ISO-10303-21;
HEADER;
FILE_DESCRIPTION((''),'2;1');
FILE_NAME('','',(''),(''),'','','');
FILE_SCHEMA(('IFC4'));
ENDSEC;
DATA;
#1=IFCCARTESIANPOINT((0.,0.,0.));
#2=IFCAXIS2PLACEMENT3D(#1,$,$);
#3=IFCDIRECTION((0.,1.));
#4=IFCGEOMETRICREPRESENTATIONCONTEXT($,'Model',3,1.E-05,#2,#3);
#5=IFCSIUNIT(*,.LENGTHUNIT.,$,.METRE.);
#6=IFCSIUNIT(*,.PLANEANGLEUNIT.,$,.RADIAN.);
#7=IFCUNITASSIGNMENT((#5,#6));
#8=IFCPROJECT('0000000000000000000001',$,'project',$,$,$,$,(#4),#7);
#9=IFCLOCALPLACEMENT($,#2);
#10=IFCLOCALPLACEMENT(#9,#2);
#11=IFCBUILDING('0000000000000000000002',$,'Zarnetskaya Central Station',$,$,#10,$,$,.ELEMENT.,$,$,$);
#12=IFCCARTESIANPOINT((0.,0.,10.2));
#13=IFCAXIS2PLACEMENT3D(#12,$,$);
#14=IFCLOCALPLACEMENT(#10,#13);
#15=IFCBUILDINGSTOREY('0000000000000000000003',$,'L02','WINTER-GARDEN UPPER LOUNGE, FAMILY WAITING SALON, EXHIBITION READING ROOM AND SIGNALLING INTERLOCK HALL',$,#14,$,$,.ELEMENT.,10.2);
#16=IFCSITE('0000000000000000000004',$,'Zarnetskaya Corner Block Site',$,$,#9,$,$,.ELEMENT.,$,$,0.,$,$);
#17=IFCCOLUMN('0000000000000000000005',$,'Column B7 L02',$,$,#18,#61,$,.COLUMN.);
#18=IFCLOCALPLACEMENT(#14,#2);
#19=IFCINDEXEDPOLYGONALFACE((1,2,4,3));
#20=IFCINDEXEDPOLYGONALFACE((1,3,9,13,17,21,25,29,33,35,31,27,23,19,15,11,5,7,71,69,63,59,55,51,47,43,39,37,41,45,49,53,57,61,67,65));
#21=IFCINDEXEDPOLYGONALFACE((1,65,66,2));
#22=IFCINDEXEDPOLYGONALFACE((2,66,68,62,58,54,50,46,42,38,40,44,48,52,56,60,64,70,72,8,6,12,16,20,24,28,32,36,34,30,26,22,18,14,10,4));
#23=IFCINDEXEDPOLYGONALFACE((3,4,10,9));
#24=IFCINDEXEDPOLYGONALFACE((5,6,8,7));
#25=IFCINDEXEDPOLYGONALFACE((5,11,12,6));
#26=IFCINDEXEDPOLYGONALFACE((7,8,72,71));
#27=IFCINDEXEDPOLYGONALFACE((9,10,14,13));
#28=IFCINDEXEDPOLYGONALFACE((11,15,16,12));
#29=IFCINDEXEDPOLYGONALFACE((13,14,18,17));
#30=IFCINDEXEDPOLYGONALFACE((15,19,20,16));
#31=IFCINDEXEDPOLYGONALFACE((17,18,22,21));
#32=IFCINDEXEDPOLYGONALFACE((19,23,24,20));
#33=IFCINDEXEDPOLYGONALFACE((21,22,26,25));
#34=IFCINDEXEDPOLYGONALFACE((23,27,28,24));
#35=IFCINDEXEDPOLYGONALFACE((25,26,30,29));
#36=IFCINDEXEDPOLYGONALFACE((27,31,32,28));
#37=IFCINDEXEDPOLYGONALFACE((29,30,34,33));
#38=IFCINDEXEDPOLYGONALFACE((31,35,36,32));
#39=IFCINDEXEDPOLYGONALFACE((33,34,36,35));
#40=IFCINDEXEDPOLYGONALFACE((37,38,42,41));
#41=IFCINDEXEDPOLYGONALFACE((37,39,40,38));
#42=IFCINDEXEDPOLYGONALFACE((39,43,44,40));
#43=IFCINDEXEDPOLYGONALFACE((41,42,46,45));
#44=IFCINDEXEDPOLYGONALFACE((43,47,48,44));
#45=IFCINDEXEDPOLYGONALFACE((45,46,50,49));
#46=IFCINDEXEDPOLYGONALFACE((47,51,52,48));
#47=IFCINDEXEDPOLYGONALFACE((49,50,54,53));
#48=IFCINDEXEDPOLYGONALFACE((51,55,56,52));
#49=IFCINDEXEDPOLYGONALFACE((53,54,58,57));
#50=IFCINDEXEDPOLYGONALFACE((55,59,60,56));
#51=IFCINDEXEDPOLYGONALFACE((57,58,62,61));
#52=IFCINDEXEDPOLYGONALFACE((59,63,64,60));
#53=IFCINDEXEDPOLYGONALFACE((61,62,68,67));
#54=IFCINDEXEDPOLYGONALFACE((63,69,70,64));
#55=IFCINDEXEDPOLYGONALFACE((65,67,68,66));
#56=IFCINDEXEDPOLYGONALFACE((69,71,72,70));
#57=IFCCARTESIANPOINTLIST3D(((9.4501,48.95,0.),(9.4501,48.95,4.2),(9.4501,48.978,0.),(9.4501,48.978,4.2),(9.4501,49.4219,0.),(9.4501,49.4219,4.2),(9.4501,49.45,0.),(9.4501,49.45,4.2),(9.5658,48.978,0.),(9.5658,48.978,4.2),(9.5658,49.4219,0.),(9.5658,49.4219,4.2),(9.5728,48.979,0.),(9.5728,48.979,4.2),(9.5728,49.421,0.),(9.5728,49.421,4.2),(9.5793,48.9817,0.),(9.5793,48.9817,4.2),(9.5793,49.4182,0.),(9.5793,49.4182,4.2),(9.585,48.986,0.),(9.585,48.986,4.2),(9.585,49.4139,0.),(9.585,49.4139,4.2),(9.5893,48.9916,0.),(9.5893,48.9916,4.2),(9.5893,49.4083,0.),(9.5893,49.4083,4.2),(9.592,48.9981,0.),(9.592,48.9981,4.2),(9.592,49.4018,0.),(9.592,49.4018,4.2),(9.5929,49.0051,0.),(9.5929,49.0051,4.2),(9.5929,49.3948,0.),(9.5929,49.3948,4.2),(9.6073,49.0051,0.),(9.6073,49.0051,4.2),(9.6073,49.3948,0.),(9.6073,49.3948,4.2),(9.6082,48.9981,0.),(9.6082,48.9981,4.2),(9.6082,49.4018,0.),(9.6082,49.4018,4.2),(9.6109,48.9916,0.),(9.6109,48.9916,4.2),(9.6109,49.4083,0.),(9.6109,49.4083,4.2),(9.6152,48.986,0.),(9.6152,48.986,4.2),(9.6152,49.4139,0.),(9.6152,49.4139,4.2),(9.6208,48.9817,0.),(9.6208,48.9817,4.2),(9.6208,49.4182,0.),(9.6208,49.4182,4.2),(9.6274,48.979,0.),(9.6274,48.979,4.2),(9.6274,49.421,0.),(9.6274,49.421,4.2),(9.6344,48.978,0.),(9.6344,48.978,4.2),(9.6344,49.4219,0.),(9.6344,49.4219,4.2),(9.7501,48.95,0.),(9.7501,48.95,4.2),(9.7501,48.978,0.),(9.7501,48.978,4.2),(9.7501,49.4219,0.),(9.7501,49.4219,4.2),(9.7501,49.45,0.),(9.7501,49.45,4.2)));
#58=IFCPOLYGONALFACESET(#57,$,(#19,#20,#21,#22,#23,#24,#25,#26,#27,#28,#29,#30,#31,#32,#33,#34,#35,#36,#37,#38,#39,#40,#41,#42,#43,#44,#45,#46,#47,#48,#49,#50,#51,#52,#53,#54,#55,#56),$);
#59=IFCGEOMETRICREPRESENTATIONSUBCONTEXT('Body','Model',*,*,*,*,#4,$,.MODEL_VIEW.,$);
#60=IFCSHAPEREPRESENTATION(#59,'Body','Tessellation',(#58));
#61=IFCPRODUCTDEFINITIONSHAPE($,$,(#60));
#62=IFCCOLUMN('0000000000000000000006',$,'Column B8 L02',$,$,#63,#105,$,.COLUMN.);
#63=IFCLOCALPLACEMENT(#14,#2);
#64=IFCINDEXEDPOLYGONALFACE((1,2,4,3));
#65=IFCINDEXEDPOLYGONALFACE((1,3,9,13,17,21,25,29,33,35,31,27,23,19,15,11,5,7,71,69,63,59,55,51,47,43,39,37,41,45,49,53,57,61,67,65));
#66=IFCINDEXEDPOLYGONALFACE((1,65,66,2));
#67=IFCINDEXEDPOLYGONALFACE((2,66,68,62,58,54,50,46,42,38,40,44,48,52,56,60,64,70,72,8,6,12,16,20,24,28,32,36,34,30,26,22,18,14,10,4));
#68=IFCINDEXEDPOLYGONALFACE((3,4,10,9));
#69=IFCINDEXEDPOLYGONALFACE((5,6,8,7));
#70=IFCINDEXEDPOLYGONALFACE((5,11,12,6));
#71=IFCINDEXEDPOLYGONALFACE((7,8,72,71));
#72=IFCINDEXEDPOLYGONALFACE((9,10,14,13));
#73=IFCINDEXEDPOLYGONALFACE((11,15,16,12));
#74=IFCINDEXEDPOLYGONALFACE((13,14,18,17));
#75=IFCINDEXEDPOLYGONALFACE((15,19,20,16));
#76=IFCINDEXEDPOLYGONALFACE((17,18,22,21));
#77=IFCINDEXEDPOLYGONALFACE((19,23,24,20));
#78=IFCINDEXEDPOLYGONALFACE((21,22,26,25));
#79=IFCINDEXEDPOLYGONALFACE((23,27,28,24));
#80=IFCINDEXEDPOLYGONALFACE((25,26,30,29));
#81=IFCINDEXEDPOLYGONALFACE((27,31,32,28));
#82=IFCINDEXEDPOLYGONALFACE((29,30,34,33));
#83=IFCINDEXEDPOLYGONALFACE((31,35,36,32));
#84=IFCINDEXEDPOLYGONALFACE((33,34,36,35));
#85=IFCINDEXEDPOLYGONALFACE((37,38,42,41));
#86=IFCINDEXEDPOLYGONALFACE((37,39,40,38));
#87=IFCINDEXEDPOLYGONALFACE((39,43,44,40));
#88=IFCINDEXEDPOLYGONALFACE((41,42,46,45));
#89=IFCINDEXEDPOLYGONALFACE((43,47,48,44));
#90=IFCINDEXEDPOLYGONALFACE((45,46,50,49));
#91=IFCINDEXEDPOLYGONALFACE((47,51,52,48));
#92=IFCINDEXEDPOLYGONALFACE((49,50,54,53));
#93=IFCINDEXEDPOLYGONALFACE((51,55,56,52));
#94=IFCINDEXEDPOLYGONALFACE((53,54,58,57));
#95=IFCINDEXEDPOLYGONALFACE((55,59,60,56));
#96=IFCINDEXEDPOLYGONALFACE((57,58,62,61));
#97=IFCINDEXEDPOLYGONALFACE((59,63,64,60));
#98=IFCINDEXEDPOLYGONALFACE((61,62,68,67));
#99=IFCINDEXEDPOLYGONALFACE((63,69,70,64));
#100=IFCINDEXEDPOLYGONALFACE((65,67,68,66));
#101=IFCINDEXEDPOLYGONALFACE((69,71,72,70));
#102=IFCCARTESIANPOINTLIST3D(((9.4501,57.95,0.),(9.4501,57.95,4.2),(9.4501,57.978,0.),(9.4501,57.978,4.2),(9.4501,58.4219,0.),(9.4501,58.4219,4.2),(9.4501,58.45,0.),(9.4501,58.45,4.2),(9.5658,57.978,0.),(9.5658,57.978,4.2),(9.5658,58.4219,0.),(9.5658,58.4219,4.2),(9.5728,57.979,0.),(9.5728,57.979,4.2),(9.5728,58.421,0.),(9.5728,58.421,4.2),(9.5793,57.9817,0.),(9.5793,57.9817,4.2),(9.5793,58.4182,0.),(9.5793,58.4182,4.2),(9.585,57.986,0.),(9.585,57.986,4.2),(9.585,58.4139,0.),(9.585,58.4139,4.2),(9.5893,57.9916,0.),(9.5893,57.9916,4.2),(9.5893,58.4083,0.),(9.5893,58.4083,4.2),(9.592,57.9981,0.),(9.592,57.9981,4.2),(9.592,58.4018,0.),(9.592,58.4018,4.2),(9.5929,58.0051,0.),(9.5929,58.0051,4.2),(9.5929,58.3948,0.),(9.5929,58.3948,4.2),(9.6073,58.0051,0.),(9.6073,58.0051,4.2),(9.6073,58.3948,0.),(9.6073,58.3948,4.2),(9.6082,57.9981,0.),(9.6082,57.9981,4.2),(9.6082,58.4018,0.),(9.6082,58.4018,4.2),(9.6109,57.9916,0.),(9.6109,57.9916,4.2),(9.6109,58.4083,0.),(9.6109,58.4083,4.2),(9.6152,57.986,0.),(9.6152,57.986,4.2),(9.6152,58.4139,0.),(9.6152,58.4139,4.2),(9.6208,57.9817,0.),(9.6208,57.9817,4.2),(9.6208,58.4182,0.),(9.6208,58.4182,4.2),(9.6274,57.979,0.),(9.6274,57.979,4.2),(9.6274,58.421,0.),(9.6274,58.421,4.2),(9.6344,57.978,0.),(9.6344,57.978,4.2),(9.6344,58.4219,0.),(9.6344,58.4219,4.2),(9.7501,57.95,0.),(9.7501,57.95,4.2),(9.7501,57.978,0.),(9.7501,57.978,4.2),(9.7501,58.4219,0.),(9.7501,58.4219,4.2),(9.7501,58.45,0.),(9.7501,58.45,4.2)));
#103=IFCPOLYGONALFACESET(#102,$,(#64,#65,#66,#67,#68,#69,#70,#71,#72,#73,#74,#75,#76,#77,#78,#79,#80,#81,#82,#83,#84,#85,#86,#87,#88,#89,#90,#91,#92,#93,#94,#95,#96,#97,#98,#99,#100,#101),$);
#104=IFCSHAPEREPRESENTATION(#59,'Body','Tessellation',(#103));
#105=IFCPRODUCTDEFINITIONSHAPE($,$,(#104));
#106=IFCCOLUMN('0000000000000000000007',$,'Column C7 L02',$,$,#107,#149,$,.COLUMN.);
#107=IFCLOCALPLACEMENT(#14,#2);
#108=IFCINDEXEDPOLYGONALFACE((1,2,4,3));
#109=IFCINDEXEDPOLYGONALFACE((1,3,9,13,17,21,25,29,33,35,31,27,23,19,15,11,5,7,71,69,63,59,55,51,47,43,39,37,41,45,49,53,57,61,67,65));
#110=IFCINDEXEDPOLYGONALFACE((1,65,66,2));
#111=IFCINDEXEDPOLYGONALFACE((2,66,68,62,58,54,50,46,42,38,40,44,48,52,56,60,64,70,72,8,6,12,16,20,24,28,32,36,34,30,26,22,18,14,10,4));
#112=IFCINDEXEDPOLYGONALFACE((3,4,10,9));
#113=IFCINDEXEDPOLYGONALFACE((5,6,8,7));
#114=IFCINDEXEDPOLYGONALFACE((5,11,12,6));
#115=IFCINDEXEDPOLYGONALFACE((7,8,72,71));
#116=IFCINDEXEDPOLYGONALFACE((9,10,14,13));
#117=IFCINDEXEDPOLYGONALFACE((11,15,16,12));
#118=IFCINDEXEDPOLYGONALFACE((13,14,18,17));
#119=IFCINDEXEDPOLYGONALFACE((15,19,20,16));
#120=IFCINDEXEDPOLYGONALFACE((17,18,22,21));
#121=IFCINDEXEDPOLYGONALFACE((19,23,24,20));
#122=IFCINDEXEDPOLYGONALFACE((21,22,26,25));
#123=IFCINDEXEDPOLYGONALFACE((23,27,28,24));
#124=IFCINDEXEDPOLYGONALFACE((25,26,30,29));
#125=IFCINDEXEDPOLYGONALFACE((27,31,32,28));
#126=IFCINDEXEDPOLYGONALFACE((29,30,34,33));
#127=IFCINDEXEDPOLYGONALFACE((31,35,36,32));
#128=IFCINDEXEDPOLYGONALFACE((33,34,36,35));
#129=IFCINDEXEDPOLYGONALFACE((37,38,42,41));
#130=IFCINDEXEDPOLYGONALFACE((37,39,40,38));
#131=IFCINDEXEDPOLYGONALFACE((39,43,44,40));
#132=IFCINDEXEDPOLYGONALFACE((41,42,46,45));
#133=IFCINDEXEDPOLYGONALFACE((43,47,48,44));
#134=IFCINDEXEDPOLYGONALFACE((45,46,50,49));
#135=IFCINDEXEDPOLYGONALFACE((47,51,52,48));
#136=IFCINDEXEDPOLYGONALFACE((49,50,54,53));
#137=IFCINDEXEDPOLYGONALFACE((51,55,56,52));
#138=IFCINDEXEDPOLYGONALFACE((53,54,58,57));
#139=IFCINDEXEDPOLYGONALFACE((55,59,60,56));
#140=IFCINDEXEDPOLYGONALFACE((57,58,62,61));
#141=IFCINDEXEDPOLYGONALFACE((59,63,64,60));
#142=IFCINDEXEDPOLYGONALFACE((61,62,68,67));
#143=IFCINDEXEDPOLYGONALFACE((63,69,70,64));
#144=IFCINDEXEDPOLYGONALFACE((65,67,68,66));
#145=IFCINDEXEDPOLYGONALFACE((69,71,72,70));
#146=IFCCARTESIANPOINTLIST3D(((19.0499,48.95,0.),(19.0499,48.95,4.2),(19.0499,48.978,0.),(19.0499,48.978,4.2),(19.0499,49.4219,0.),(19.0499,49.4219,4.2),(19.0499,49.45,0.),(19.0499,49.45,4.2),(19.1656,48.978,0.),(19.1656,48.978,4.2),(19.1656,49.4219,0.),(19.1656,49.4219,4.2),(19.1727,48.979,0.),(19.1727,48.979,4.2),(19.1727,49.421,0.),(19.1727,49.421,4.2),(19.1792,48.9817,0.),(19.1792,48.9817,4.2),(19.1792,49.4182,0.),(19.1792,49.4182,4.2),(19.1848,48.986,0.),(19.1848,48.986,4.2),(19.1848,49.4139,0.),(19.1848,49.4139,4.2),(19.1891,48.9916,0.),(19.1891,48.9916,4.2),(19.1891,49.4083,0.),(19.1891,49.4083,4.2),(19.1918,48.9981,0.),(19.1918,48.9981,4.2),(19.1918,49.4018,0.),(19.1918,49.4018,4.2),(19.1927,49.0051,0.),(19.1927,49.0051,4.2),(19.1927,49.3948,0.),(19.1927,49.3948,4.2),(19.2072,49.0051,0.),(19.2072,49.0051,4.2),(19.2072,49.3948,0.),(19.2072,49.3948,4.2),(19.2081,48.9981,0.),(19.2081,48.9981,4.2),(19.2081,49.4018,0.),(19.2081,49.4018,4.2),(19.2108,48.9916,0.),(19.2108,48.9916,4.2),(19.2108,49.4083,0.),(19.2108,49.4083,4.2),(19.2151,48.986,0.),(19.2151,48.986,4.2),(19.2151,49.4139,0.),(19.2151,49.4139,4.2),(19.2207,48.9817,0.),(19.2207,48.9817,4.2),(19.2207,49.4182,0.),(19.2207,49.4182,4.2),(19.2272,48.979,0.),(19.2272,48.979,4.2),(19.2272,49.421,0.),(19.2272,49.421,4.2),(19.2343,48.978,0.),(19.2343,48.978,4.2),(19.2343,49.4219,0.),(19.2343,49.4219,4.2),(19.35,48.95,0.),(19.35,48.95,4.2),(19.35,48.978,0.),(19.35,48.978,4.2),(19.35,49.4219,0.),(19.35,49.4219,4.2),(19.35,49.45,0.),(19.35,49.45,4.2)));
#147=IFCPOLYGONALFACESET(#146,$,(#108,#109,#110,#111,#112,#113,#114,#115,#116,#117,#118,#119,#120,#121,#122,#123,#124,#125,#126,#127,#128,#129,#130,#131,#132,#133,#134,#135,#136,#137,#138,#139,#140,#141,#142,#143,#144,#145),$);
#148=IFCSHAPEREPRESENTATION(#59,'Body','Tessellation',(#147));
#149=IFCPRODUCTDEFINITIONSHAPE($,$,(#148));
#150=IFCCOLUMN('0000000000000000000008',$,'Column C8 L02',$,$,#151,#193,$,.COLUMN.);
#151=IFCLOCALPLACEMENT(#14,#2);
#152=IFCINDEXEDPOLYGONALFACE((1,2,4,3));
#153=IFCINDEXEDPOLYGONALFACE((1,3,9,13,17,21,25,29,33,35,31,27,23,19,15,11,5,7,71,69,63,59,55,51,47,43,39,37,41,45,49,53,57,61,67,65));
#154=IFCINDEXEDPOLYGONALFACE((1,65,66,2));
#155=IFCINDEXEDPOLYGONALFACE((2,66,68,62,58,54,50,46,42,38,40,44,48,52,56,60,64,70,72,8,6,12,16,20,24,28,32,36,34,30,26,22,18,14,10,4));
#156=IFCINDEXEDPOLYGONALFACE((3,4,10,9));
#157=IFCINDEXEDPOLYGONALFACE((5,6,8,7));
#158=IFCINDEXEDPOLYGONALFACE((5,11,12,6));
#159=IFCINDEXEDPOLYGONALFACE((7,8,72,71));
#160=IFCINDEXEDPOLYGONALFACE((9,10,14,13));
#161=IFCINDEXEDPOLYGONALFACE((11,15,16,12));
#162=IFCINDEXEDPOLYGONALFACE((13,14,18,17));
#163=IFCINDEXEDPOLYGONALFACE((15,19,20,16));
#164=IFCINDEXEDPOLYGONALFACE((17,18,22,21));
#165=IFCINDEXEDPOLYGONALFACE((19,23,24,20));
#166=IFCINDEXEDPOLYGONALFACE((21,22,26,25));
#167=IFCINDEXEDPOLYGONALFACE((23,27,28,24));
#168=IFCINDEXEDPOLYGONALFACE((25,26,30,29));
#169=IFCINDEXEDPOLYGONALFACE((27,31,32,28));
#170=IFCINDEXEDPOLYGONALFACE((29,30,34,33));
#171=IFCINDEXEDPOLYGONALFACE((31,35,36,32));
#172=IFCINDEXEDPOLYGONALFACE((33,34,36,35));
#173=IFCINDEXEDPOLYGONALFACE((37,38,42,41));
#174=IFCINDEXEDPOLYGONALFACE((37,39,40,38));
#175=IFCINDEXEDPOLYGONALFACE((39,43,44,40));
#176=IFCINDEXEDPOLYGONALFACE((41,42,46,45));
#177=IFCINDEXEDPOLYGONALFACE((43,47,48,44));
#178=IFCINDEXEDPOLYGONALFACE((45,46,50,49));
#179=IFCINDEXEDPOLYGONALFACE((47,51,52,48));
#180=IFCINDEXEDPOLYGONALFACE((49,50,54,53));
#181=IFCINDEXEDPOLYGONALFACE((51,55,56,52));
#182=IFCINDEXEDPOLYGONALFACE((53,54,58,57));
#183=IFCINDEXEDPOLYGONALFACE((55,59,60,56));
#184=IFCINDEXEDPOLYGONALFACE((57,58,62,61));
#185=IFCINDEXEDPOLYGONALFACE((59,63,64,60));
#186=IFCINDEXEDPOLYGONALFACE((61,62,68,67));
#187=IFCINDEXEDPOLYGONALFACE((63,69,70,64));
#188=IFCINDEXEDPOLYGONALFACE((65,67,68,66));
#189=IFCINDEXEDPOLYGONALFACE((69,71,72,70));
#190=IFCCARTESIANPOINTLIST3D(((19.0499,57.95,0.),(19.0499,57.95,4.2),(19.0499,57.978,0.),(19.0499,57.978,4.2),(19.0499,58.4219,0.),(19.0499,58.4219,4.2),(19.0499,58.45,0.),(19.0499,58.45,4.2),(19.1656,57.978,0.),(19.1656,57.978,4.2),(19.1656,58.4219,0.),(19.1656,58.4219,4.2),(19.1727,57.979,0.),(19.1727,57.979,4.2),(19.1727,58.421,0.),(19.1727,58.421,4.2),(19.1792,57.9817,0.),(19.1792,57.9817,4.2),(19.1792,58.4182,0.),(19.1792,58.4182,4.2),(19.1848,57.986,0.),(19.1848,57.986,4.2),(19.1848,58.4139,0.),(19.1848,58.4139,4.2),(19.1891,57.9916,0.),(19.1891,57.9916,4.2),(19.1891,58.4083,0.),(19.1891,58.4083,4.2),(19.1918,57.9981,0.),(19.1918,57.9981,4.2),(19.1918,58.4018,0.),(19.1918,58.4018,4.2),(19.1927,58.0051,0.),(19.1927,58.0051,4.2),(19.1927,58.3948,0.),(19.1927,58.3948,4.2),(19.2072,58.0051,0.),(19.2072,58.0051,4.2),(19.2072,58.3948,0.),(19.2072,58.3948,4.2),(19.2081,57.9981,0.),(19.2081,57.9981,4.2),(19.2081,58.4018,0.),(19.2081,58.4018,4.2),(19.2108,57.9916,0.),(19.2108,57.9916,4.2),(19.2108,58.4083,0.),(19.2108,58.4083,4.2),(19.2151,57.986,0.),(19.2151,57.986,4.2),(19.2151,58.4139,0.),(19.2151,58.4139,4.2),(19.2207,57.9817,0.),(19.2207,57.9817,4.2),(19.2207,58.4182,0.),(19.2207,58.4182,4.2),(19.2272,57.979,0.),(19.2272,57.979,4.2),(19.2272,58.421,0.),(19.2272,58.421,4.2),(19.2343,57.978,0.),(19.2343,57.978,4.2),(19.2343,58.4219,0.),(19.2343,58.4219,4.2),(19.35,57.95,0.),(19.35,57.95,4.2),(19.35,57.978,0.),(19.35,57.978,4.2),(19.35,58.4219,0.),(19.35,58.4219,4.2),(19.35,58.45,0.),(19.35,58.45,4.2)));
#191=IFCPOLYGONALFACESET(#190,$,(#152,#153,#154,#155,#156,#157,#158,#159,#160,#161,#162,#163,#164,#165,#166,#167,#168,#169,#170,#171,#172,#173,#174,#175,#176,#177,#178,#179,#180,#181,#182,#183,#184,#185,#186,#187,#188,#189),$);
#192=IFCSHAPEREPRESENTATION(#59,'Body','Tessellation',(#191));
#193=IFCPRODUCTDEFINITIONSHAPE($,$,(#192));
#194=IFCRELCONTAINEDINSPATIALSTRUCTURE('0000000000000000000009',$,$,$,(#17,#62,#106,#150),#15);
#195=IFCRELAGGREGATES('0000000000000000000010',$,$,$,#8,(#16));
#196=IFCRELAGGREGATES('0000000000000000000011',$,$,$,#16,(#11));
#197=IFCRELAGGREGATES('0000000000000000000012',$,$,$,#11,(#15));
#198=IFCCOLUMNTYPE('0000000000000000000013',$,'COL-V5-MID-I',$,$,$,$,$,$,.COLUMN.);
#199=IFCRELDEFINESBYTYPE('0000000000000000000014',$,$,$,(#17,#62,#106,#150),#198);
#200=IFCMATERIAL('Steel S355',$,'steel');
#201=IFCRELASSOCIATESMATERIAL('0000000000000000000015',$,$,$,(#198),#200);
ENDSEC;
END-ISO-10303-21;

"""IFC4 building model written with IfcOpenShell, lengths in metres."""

from ifc_helpers import new_model, si_unit, direction, frame, origin, origin_2d, place, context, subcontext, project, spatial, i_section, extrude, material, material_profile, profile_set, type_object, element, save


model = new_model("IFC4")

# Units and contexts
model_context = context("Model", 3, precision=1e-05, world=origin(), true_north=direction((0.0, 1.0)))
body_context = subcontext(model_context, "Body", "Model", "MODEL_VIEW")
ifc_project = project(units=[si_unit("LENGTHUNIT", "METRE"), si_unit("PLANEANGLEUNIT", "RADIAN")], contexts=[model_context])

# Site, building, storey
site_placement = place(None, origin())
site = spatial("IfcSite", under=ifc_project, at=site_placement, Name="Zarnetskaya Corner Block Site", CompositionType="ELEMENT", RefElevation=0.0)
building_placement = place(site_placement, origin())
building = spatial("IfcBuilding", under=site, at=building_placement, Name="Zarnetskaya Central Station", CompositionType="ELEMENT")
storey_placement = place(building_placement, frame((0.0, 0.0, 10.2)))
storey = spatial("IfcBuildingStorey", under=building, at=storey_placement, Name="L02", Description="WINTER-GARDEN UPPER LOUNGE, FAMILY WAITING SALON, EXHIBITION READING ROOM AND SIGNALLING INTERLOCK HALL", CompositionType="ELEMENT", Elevation=10.2)

# Columns
ifc_material_1 = material(Name="Steel S355", Category="steel")
ifc_material_profile_1 = material_profile(ifc_material_1, i_section(OverallWidth=0.3, OverallDepth=0.5, WebThickness=0.0144, FlangeThickness=0.0281, FilletRadius=0.0271, at=origin_2d()), Name="HEB 500")
ifc_profile_set_1 = profile_set([ifc_material_profile_1], Name="Steel S355")
column_type = type_object("IfcColumnType", Name="COL-V5-MID-I", PredefinedType="COLUMN", material=ifc_profile_set_1)
for number, where, z_axis, x_axis, name in (
    (1, (9.6001, 49.2, 0.0), (0.0, 0.0, 1.0), (1.0, 0.0, 0.0), "Column B7 L02"),
    (2, (9.6001, 58.2, 0.0), (0.0, 0.0, 1.0), (1.0, 0.0, 0.0), "Column B8 L02"),
    (3, (19.2, 49.2, 0.0), (0.0, 0.0, 1.0), (1.0, 0.0, 0.0), "Column C7 L02"),
    (4, (19.2, 58.2, 0.0), (0.0, 0.0, 1.0), (1.0, 0.0, 0.0), "Column C8 L02"),
):
    element("IfcColumn", number, at=place(storey_placement, frame(where, z_axis=z_axis, x_axis=x_axis)), inside=storey, type_object=column_type, Name=name, PredefinedType="COLUMN", context=body_context, shape_type="SweptSolid", body=[
        extrude(i_section(OverallWidth=0.3, OverallDepth=0.5, WebThickness=0.0144, FlangeThickness=0.0281, FilletRadius=0.0271, at=origin_2d()), origin(), (0.0, 0.0, 1.0), 4.2),
    ])

save(model, "model.ifc")
